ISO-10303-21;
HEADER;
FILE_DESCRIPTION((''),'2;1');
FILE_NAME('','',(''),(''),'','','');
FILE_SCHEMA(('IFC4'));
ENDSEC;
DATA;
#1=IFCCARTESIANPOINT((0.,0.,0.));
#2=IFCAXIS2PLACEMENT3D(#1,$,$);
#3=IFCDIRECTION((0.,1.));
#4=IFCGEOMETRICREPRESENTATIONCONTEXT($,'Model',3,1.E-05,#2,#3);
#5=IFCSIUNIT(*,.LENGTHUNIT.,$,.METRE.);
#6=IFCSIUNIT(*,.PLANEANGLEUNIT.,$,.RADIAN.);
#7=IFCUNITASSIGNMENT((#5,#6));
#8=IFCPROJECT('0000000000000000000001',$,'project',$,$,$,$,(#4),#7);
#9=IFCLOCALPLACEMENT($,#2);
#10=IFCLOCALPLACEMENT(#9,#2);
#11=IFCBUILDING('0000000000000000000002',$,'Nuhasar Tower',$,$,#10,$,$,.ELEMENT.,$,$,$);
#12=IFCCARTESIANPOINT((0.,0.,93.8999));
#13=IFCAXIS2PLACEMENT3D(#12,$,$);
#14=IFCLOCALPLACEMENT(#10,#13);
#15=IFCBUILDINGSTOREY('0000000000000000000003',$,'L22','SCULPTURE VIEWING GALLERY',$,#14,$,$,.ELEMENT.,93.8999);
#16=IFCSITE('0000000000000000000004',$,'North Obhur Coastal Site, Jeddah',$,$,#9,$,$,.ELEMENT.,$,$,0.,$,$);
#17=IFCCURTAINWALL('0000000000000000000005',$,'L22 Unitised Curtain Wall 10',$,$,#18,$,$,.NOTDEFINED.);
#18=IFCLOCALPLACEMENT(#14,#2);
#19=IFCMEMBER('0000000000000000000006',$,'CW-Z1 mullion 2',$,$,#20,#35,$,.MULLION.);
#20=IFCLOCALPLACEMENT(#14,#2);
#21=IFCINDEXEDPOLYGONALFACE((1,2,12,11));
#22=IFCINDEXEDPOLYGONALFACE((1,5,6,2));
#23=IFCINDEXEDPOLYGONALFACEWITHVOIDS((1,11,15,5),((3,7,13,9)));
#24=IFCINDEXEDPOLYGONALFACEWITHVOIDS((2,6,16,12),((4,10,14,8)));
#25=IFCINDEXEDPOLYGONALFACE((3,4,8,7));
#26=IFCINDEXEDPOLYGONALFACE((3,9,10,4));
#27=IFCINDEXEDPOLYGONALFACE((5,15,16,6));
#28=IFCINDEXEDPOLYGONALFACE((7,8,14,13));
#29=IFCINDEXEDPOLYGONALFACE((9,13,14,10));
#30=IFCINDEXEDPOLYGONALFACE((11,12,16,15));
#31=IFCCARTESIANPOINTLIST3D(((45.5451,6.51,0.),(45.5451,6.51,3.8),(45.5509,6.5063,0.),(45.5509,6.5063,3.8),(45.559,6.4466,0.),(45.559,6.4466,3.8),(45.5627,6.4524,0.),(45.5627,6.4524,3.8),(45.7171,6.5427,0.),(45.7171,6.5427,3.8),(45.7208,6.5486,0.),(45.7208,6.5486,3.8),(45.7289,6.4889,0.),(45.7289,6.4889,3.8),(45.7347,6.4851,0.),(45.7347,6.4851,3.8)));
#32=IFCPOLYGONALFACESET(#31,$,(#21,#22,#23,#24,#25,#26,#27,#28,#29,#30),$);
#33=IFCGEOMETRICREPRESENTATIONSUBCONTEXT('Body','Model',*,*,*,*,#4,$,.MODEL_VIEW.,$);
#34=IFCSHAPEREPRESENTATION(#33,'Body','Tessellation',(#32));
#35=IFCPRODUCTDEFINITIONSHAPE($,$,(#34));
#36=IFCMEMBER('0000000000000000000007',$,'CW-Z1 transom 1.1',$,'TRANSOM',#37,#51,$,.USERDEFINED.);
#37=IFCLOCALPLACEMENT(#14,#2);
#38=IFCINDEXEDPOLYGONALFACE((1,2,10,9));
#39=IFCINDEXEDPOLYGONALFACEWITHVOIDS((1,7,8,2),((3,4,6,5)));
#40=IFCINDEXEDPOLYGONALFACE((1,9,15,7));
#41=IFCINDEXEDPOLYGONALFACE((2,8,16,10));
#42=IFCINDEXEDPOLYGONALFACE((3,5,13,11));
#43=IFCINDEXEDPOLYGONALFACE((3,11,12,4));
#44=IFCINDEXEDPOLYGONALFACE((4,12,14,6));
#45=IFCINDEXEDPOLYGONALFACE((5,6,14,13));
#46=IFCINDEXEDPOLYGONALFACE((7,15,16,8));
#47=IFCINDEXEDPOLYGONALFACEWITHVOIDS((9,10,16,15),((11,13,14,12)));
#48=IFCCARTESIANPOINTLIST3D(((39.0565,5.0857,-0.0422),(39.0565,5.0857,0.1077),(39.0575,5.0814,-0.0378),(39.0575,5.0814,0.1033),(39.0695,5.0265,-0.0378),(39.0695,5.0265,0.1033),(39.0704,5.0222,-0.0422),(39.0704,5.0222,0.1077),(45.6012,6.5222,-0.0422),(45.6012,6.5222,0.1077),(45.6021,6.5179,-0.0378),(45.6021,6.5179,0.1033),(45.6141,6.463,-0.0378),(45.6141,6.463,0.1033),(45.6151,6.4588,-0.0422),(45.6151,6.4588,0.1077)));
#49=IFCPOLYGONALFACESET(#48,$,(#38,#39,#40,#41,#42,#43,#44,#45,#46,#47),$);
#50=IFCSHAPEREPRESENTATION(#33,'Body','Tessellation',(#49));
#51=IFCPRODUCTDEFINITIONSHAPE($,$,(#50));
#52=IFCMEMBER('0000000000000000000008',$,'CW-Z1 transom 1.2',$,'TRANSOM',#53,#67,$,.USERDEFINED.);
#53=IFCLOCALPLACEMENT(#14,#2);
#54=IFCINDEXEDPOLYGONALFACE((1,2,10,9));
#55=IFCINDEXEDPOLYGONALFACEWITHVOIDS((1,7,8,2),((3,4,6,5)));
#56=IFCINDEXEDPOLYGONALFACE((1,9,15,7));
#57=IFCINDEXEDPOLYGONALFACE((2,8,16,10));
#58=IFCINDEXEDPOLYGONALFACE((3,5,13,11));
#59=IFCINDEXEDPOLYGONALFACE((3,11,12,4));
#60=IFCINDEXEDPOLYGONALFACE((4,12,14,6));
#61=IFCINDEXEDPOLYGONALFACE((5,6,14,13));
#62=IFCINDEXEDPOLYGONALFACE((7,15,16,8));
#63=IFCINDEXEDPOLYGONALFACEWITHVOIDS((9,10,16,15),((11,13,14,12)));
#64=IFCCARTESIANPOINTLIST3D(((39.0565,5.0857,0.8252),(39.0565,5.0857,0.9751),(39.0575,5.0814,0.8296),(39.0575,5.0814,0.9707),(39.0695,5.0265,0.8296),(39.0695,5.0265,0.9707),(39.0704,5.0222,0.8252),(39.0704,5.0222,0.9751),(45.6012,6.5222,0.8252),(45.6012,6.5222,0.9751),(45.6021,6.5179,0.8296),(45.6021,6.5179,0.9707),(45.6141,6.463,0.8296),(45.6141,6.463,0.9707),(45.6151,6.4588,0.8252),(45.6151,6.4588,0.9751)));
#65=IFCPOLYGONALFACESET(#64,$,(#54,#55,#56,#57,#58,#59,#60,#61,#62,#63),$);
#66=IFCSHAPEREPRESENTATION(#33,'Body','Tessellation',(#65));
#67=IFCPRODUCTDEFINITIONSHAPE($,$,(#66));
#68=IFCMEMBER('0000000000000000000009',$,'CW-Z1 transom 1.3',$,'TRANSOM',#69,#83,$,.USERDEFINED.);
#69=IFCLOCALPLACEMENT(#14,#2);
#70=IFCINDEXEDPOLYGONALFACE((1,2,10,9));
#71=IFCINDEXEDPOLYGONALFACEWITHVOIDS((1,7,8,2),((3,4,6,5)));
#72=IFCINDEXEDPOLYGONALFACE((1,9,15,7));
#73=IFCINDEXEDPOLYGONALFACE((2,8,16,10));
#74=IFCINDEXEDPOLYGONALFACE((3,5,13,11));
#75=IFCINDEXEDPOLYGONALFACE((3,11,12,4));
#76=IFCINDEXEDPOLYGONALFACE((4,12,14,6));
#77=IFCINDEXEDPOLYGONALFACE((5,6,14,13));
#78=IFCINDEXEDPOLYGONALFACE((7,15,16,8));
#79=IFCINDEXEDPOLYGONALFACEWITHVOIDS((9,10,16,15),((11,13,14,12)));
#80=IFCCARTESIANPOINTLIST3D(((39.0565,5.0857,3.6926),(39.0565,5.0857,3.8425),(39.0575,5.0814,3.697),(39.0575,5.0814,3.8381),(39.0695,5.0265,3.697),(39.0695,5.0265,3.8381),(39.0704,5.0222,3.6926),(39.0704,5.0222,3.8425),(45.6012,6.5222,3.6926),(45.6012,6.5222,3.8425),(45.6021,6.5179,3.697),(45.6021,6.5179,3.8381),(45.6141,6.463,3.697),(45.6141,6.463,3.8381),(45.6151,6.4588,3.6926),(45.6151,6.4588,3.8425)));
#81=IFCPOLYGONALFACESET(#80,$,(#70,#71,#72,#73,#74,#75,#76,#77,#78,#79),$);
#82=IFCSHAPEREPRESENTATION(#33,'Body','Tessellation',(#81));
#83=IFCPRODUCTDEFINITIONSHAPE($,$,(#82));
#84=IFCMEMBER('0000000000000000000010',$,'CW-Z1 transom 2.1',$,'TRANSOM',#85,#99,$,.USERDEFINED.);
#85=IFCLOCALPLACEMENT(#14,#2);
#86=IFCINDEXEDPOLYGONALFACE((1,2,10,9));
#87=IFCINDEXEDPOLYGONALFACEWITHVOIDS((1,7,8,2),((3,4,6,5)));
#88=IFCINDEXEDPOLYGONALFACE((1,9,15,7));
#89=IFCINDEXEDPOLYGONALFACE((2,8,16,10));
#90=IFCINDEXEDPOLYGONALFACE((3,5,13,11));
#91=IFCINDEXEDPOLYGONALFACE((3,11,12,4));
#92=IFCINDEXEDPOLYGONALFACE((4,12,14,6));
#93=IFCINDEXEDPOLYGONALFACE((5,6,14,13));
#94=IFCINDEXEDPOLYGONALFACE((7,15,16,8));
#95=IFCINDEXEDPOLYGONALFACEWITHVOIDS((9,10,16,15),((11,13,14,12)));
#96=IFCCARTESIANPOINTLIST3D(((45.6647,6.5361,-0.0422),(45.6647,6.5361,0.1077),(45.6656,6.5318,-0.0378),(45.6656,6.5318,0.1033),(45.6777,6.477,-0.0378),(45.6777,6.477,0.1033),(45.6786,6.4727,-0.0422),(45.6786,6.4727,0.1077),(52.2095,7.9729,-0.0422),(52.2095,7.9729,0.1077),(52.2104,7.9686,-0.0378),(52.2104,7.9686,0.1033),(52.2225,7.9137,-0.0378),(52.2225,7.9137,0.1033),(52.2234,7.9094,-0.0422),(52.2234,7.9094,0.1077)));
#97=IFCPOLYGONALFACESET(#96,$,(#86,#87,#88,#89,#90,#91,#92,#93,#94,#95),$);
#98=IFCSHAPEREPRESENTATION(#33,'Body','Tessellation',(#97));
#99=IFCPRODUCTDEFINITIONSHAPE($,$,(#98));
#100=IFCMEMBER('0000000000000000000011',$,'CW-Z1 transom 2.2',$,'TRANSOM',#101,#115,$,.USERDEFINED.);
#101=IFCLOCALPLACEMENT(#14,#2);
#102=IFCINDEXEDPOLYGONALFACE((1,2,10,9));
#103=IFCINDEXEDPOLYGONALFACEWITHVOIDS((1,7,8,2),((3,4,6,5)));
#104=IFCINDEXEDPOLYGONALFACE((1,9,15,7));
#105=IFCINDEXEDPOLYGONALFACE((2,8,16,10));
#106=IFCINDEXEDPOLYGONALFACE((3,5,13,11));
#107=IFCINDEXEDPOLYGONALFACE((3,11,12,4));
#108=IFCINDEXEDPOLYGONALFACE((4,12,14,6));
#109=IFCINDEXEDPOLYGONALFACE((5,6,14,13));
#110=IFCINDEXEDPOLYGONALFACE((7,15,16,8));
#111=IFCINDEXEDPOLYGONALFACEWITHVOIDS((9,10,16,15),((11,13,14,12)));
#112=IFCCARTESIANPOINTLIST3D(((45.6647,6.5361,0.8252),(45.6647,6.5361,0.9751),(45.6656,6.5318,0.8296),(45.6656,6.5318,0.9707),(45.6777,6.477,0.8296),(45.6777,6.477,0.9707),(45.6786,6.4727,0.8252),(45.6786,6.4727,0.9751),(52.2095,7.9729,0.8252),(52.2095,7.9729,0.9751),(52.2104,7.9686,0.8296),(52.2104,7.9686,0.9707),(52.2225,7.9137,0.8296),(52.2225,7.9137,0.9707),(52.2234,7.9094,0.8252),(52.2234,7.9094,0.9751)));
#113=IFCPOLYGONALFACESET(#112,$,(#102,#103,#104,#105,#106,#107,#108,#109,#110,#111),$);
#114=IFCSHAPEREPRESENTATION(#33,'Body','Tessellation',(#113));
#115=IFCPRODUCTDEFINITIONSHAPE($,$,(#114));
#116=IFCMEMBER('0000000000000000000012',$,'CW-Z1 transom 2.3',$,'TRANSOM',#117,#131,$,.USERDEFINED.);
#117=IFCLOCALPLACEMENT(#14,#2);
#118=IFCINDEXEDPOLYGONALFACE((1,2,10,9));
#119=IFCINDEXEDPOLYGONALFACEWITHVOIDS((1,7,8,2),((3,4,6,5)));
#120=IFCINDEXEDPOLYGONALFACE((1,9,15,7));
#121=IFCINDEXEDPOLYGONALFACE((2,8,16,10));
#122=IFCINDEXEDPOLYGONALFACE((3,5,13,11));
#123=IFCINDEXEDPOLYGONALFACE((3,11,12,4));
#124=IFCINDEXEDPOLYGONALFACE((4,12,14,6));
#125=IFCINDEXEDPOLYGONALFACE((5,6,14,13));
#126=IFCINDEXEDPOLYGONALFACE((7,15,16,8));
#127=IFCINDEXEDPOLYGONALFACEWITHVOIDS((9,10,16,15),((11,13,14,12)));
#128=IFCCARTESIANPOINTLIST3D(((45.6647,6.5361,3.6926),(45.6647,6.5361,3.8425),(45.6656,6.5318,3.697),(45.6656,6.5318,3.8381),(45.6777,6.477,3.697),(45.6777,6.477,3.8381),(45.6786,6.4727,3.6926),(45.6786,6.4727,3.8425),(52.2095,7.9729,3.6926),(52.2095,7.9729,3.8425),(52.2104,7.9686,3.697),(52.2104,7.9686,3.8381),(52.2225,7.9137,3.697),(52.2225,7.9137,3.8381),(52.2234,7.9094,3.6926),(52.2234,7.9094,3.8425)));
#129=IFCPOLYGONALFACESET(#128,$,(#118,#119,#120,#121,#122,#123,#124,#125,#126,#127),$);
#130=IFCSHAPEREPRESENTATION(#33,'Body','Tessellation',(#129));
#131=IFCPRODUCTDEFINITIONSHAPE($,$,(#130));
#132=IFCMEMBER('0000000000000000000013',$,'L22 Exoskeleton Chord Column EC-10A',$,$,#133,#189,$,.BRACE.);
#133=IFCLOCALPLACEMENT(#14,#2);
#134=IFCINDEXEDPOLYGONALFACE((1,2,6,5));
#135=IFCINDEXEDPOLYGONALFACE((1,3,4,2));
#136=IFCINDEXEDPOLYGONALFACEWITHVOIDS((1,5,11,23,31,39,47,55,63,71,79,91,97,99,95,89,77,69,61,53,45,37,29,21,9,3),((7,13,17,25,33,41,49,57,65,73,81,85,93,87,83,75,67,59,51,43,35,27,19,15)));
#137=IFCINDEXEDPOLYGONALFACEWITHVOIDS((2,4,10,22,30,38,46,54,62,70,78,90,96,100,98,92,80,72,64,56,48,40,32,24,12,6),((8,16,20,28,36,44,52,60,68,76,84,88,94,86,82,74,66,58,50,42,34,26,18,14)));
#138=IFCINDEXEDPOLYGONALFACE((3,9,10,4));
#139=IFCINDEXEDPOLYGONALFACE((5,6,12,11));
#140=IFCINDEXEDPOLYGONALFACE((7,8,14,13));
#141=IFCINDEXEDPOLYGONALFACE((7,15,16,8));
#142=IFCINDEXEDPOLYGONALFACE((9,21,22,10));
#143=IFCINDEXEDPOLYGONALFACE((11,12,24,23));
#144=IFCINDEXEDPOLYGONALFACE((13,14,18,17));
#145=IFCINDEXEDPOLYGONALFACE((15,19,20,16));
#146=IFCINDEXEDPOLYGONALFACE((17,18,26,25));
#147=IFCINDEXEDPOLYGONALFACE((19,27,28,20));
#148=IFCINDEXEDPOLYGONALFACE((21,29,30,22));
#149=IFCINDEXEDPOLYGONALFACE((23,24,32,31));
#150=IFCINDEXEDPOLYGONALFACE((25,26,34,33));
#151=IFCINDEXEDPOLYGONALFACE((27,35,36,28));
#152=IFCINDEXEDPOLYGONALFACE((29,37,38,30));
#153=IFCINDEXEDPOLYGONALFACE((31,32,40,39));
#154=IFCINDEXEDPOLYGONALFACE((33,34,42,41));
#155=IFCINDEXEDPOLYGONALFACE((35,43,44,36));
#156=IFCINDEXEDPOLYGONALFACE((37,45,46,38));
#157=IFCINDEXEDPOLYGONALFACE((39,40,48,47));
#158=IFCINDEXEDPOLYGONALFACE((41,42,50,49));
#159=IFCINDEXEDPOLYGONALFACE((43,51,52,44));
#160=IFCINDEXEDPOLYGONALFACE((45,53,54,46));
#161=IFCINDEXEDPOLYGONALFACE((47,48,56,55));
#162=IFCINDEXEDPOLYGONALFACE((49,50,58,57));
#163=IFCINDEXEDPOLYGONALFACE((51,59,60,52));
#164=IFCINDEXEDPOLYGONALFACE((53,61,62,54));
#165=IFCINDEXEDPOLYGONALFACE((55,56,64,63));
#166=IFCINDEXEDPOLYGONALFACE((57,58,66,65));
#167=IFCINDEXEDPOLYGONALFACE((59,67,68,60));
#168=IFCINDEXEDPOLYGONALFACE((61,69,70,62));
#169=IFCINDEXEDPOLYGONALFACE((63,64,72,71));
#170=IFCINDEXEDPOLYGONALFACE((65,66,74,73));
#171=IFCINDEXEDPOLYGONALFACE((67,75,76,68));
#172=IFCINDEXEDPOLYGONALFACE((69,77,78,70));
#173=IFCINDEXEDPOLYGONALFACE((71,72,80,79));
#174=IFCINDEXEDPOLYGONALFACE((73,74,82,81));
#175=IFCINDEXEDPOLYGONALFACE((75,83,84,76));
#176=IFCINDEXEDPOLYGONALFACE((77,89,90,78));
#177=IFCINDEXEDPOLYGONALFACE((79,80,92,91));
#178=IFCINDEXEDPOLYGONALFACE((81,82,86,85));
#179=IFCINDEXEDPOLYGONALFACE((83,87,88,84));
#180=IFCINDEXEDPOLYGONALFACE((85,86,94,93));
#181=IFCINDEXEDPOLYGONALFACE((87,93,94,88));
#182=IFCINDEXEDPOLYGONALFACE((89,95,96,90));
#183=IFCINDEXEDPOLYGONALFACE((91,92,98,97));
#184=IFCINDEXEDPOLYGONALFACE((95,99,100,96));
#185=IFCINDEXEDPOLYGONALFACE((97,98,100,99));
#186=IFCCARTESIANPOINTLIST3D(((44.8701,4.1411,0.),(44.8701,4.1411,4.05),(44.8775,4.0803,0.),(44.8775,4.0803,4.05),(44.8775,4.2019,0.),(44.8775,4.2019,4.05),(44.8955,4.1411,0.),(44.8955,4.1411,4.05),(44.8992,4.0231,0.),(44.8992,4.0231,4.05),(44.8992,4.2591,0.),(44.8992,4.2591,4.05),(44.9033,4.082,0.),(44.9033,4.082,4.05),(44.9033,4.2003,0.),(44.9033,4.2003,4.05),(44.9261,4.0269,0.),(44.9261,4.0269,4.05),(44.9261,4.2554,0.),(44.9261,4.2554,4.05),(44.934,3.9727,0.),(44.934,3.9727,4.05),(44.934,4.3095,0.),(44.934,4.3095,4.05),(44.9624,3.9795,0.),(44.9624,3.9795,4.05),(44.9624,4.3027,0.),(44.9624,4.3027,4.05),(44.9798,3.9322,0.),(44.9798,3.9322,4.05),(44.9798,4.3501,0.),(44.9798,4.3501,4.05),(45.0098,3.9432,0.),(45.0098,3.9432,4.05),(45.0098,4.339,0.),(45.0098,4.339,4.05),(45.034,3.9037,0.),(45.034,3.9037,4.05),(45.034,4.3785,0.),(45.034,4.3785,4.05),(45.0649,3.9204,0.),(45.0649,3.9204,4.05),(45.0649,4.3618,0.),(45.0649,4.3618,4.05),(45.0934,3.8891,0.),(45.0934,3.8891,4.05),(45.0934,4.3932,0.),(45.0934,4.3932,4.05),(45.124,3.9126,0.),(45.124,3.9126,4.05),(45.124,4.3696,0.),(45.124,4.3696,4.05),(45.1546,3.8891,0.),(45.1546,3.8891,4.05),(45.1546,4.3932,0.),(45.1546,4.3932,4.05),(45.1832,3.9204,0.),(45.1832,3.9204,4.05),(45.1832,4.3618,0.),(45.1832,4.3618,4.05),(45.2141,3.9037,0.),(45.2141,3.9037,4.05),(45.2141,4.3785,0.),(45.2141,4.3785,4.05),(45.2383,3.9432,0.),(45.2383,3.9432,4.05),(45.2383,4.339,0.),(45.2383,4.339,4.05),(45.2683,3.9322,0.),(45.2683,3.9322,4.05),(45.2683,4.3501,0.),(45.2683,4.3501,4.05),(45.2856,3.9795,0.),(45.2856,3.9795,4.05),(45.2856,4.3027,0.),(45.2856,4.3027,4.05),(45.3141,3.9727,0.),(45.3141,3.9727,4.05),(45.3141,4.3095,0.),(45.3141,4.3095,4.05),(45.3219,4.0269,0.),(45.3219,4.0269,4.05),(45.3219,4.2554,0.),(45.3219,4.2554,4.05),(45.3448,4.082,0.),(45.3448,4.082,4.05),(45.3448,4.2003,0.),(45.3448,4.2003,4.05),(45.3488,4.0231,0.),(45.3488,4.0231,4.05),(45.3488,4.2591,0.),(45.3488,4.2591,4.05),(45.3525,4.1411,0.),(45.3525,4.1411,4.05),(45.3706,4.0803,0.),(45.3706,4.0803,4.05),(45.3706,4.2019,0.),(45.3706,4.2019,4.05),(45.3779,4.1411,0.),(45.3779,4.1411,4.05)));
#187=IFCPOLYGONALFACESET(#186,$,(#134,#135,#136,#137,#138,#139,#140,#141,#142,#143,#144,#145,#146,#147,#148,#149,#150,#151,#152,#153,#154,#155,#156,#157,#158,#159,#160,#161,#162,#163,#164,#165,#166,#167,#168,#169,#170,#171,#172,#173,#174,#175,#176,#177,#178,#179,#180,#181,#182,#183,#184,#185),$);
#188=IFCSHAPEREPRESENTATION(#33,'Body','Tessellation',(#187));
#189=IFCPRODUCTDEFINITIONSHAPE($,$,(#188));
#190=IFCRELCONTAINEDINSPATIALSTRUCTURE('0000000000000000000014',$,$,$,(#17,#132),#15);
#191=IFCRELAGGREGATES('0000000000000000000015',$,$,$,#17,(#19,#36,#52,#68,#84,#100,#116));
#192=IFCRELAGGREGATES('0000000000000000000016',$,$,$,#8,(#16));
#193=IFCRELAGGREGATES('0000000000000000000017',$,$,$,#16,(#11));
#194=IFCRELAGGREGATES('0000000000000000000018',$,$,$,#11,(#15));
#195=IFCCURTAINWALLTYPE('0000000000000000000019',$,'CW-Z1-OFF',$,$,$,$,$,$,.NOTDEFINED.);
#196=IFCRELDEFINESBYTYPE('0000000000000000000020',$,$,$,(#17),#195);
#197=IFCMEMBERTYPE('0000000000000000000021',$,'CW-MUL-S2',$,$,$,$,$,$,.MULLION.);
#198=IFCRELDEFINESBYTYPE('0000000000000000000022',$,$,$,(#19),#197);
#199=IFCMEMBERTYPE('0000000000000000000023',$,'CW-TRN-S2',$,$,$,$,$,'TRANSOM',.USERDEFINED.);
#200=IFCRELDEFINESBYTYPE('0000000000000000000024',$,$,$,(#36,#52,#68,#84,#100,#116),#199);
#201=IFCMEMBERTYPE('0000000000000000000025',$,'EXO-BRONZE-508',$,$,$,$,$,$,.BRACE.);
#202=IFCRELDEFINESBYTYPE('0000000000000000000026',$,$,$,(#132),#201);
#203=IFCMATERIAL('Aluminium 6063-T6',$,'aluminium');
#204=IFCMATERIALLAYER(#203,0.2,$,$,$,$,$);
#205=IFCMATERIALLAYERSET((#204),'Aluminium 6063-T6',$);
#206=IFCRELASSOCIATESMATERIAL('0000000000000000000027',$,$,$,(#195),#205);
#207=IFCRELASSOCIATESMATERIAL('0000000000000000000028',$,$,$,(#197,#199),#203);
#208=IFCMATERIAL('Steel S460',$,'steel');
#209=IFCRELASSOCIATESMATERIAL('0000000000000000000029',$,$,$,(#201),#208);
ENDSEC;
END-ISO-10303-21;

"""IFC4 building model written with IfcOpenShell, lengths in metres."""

from ifc_helpers import new_model, si_unit, direction, frame, origin, origin_2d, place, context, subcontext, project, spatial, hollow_rectangle, hollow_circle, extrude, material, layer, layer_set, material_profile, profile_set, type_object, element, aggregate, save


model = new_model("IFC4")

# Units and contexts
model_context = context("Model", 3, precision=1e-05, world=origin(), true_north=direction((0.0, 1.0)))
body_context = subcontext(model_context, "Body", "Model", "MODEL_VIEW")
ifc_project = project(units=[si_unit("LENGTHUNIT", "METRE"), si_unit("PLANEANGLEUNIT", "RADIAN")], contexts=[model_context])

# Site, building, storey
site_placement = place(None, origin())
site = spatial("IfcSite", under=ifc_project, at=site_placement, Name="North Obhur Coastal Site, Jeddah", CompositionType="ELEMENT", RefElevation=0.0)
building_placement = place(site_placement, origin())
building = spatial("IfcBuilding", under=site, at=building_placement, Name="Nuhasar Tower", CompositionType="ELEMENT")
storey_placement = place(building_placement, frame((0.0, 0.0, 93.8999)))
storey = spatial("IfcBuildingStorey", under=building, at=storey_placement, Name="L22", Description="SCULPTURE VIEWING GALLERY", CompositionType="ELEMENT", Elevation=93.8999)

# Curtain wall, members
ifc_material_1 = material(Name="Aluminium 6063-T6", Category="aluminium")
ifc_layer_1 = layer(ifc_material_1, 0.2)
ifc_layer_set_1 = layer_set([ifc_layer_1], Name="Aluminium 6063-T6")
curtain_wall_type = type_object("IfcCurtainWallType", Name="CW-Z1-OFF", PredefinedType="NOTDEFINED", material=ifc_layer_set_1)
curtain_wall_placement = place(storey_placement, origin())
curtain_wall = element("IfcCurtainWall", 1, at=curtain_wall_placement, inside=storey, type_object=curtain_wall_type, Name="L22 Unitised Curtain Wall 10", PredefinedType="NOTDEFINED")
ifc_material_profile_1 = material_profile(ifc_material_1, hollow_rectangle(XDim=0.0649, YDim=0.1799, WallThickness=0.0049, at=origin_2d()), Name="CWM-2")
ifc_profile_set_1 = profile_set([ifc_material_profile_1], Name="Aluminium 6063-T6")
member_type_1 = type_object("IfcMemberType", Name="CW-MUL-S2", PredefinedType="MULLION", material=ifc_profile_set_1)
member_1_placement = place(storey_placement, frame((45.6399, 6.4976, 0.0), z_axis=(0.0, 0.0, 1.0), x_axis=(-0.214399, 0.976746, 0.0)))
member_1 = element("IfcMember", 2, at=member_1_placement, type_object=member_type_1, Name="CW-Z1 mullion 2", PredefinedType="MULLION", context=body_context, shape_type="SweptSolid", body=[
    extrude(hollow_rectangle(XDim=0.0649, YDim=0.1799, WallThickness=0.0049, at=origin_2d()), origin(), (0.0, 0.0, 1.0), 3.8),
])
ifc_material_profile_2 = material_profile(ifc_material_1, hollow_rectangle(XDim=0.0649, YDim=0.1499, WallThickness=0.0044, at=origin_2d()), Name="CWT-2")
ifc_profile_set_2 = profile_set([ifc_material_profile_2], Name="Aluminium 6063-T6")
member_type_2 = type_object("IfcMemberType", Name="CW-TRN-S2", ElementType="TRANSOM", PredefinedType="USERDEFINED", material=ifc_profile_set_2)
member_2_placement = place(storey_placement, frame((39.0635, 5.054, 0.0327), z_axis=(0.976748, 0.214391, 0.0), x_axis=(-0.214391, 0.976748, 0.0)))
member_2 = element("IfcMember", 3, at=member_2_placement, type_object=member_type_2, Name="CW-Z1 transom 1.1", ObjectType="TRANSOM", PredefinedType="USERDEFINED", context=body_context, shape_type="SweptSolid", body=[
    extrude(hollow_rectangle(XDim=0.0649, YDim=0.1499, WallThickness=0.0044, at=origin_2d()), origin(), (0.0, 0.0, 1.0), 6.7004),
])
member_3_placement = place(storey_placement, frame((39.0635, 5.054, 0.9001), z_axis=(0.976748, 0.214391, 0.0), x_axis=(-0.214391, 0.976748, 0.0)))
member_3 = element("IfcMember", 4, at=member_3_placement, type_object=member_type_2, Name="CW-Z1 transom 1.2", ObjectType="TRANSOM", PredefinedType="USERDEFINED", context=body_context, shape_type="SweptSolid", body=[
    extrude(hollow_rectangle(XDim=0.0649, YDim=0.1499, WallThickness=0.0044, at=origin_2d()), origin(), (0.0, 0.0, 1.0), 6.7004),
])
member_4_placement = place(storey_placement, frame((39.0635, 5.054, 3.7676), z_axis=(0.976748, 0.214391, 0.0), x_axis=(-0.214391, 0.976748, 0.0)))
member_4 = element("IfcMember", 5, at=member_4_placement, type_object=member_type_2, Name="CW-Z1 transom 1.3", ObjectType="TRANSOM", PredefinedType="USERDEFINED", context=body_context, shape_type="SweptSolid", body=[
    extrude(hollow_rectangle(XDim=0.0649, YDim=0.1499, WallThickness=0.0044, at=origin_2d()), origin(), (0.0, 0.0, 1.0), 6.7004),
])
member_5_placement = place(storey_placement, frame((45.6716, 6.5044, 0.0327), z_axis=(0.976742, 0.214418, 0.0), x_axis=(-0.214418, 0.976742, 0.0)))
member_5 = element("IfcMember", 6, at=member_5_placement, type_object=member_type_2, Name="CW-Z1 transom 2.1", ObjectType="TRANSOM", PredefinedType="USERDEFINED", context=body_context, shape_type="SweptSolid", body=[
    extrude(hollow_rectangle(XDim=0.0649, YDim=0.1499, WallThickness=0.0044, at=origin_2d()), origin(), (0.0, 0.0, 1.0), 6.7007),
])
member_6_placement = place(storey_placement, frame((45.6716, 6.5044, 0.9001), z_axis=(0.976742, 0.214418, 0.0), x_axis=(-0.214418, 0.976742, 0.0)))
member_6 = element("IfcMember", 7, at=member_6_placement, type_object=member_type_2, Name="CW-Z1 transom 2.2", ObjectType="TRANSOM", PredefinedType="USERDEFINED", context=body_context, shape_type="SweptSolid", body=[
    extrude(hollow_rectangle(XDim=0.0649, YDim=0.1499, WallThickness=0.0044, at=origin_2d()), origin(), (0.0, 0.0, 1.0), 6.7007),
])
member_7_placement = place(storey_placement, frame((45.6716, 6.5044, 3.7676), z_axis=(0.976742, 0.214418, 0.0), x_axis=(-0.214418, 0.976742, 0.0)))
member_7 = element("IfcMember", 8, at=member_7_placement, type_object=member_type_2, Name="CW-Z1 transom 2.3", ObjectType="TRANSOM", PredefinedType="USERDEFINED", context=body_context, shape_type="SweptSolid", body=[
    extrude(hollow_rectangle(XDim=0.0649, YDim=0.1499, WallThickness=0.0044, at=origin_2d()), origin(), (0.0, 0.0, 1.0), 6.7007),
])

# Member
ifc_material_2 = material(Name="Steel S460", Category="steel")
ifc_material_profile_3 = material_profile(ifc_material_2, hollow_circle(Radius=0.2539, WallThickness=0.0254, at=origin_2d()), Name="HSS508X25.4")
ifc_profile_set_3 = profile_set([ifc_material_profile_3], Name="Steel S460")
member_type_3 = type_object("IfcMemberType", Name="EXO-BRONZE-508", PredefinedType="BRACE", material=ifc_profile_set_3)
member_8_placement = place(storey_placement, frame((45.124, 4.1411, 0.0), z_axis=(0.0, 0.0, 1.0), x_axis=(1.0, 0.0, 0.0)))
element("IfcMember", 9, at=member_8_placement, inside=storey, type_object=member_type_3, Name="L22 Exoskeleton Chord Column EC-10A", PredefinedType="BRACE", context=body_context, shape_type="SweptSolid", body=[
    extrude(hollow_circle(Radius=0.2539, WallThickness=0.0254, at=origin_2d()), origin(), (0.0, 0.0, 1.0), 4.05),
])

aggregate(curtain_wall, [member_1, member_2, member_3, member_4, member_5, member_6, member_7])

save(model, "model.ifc")
